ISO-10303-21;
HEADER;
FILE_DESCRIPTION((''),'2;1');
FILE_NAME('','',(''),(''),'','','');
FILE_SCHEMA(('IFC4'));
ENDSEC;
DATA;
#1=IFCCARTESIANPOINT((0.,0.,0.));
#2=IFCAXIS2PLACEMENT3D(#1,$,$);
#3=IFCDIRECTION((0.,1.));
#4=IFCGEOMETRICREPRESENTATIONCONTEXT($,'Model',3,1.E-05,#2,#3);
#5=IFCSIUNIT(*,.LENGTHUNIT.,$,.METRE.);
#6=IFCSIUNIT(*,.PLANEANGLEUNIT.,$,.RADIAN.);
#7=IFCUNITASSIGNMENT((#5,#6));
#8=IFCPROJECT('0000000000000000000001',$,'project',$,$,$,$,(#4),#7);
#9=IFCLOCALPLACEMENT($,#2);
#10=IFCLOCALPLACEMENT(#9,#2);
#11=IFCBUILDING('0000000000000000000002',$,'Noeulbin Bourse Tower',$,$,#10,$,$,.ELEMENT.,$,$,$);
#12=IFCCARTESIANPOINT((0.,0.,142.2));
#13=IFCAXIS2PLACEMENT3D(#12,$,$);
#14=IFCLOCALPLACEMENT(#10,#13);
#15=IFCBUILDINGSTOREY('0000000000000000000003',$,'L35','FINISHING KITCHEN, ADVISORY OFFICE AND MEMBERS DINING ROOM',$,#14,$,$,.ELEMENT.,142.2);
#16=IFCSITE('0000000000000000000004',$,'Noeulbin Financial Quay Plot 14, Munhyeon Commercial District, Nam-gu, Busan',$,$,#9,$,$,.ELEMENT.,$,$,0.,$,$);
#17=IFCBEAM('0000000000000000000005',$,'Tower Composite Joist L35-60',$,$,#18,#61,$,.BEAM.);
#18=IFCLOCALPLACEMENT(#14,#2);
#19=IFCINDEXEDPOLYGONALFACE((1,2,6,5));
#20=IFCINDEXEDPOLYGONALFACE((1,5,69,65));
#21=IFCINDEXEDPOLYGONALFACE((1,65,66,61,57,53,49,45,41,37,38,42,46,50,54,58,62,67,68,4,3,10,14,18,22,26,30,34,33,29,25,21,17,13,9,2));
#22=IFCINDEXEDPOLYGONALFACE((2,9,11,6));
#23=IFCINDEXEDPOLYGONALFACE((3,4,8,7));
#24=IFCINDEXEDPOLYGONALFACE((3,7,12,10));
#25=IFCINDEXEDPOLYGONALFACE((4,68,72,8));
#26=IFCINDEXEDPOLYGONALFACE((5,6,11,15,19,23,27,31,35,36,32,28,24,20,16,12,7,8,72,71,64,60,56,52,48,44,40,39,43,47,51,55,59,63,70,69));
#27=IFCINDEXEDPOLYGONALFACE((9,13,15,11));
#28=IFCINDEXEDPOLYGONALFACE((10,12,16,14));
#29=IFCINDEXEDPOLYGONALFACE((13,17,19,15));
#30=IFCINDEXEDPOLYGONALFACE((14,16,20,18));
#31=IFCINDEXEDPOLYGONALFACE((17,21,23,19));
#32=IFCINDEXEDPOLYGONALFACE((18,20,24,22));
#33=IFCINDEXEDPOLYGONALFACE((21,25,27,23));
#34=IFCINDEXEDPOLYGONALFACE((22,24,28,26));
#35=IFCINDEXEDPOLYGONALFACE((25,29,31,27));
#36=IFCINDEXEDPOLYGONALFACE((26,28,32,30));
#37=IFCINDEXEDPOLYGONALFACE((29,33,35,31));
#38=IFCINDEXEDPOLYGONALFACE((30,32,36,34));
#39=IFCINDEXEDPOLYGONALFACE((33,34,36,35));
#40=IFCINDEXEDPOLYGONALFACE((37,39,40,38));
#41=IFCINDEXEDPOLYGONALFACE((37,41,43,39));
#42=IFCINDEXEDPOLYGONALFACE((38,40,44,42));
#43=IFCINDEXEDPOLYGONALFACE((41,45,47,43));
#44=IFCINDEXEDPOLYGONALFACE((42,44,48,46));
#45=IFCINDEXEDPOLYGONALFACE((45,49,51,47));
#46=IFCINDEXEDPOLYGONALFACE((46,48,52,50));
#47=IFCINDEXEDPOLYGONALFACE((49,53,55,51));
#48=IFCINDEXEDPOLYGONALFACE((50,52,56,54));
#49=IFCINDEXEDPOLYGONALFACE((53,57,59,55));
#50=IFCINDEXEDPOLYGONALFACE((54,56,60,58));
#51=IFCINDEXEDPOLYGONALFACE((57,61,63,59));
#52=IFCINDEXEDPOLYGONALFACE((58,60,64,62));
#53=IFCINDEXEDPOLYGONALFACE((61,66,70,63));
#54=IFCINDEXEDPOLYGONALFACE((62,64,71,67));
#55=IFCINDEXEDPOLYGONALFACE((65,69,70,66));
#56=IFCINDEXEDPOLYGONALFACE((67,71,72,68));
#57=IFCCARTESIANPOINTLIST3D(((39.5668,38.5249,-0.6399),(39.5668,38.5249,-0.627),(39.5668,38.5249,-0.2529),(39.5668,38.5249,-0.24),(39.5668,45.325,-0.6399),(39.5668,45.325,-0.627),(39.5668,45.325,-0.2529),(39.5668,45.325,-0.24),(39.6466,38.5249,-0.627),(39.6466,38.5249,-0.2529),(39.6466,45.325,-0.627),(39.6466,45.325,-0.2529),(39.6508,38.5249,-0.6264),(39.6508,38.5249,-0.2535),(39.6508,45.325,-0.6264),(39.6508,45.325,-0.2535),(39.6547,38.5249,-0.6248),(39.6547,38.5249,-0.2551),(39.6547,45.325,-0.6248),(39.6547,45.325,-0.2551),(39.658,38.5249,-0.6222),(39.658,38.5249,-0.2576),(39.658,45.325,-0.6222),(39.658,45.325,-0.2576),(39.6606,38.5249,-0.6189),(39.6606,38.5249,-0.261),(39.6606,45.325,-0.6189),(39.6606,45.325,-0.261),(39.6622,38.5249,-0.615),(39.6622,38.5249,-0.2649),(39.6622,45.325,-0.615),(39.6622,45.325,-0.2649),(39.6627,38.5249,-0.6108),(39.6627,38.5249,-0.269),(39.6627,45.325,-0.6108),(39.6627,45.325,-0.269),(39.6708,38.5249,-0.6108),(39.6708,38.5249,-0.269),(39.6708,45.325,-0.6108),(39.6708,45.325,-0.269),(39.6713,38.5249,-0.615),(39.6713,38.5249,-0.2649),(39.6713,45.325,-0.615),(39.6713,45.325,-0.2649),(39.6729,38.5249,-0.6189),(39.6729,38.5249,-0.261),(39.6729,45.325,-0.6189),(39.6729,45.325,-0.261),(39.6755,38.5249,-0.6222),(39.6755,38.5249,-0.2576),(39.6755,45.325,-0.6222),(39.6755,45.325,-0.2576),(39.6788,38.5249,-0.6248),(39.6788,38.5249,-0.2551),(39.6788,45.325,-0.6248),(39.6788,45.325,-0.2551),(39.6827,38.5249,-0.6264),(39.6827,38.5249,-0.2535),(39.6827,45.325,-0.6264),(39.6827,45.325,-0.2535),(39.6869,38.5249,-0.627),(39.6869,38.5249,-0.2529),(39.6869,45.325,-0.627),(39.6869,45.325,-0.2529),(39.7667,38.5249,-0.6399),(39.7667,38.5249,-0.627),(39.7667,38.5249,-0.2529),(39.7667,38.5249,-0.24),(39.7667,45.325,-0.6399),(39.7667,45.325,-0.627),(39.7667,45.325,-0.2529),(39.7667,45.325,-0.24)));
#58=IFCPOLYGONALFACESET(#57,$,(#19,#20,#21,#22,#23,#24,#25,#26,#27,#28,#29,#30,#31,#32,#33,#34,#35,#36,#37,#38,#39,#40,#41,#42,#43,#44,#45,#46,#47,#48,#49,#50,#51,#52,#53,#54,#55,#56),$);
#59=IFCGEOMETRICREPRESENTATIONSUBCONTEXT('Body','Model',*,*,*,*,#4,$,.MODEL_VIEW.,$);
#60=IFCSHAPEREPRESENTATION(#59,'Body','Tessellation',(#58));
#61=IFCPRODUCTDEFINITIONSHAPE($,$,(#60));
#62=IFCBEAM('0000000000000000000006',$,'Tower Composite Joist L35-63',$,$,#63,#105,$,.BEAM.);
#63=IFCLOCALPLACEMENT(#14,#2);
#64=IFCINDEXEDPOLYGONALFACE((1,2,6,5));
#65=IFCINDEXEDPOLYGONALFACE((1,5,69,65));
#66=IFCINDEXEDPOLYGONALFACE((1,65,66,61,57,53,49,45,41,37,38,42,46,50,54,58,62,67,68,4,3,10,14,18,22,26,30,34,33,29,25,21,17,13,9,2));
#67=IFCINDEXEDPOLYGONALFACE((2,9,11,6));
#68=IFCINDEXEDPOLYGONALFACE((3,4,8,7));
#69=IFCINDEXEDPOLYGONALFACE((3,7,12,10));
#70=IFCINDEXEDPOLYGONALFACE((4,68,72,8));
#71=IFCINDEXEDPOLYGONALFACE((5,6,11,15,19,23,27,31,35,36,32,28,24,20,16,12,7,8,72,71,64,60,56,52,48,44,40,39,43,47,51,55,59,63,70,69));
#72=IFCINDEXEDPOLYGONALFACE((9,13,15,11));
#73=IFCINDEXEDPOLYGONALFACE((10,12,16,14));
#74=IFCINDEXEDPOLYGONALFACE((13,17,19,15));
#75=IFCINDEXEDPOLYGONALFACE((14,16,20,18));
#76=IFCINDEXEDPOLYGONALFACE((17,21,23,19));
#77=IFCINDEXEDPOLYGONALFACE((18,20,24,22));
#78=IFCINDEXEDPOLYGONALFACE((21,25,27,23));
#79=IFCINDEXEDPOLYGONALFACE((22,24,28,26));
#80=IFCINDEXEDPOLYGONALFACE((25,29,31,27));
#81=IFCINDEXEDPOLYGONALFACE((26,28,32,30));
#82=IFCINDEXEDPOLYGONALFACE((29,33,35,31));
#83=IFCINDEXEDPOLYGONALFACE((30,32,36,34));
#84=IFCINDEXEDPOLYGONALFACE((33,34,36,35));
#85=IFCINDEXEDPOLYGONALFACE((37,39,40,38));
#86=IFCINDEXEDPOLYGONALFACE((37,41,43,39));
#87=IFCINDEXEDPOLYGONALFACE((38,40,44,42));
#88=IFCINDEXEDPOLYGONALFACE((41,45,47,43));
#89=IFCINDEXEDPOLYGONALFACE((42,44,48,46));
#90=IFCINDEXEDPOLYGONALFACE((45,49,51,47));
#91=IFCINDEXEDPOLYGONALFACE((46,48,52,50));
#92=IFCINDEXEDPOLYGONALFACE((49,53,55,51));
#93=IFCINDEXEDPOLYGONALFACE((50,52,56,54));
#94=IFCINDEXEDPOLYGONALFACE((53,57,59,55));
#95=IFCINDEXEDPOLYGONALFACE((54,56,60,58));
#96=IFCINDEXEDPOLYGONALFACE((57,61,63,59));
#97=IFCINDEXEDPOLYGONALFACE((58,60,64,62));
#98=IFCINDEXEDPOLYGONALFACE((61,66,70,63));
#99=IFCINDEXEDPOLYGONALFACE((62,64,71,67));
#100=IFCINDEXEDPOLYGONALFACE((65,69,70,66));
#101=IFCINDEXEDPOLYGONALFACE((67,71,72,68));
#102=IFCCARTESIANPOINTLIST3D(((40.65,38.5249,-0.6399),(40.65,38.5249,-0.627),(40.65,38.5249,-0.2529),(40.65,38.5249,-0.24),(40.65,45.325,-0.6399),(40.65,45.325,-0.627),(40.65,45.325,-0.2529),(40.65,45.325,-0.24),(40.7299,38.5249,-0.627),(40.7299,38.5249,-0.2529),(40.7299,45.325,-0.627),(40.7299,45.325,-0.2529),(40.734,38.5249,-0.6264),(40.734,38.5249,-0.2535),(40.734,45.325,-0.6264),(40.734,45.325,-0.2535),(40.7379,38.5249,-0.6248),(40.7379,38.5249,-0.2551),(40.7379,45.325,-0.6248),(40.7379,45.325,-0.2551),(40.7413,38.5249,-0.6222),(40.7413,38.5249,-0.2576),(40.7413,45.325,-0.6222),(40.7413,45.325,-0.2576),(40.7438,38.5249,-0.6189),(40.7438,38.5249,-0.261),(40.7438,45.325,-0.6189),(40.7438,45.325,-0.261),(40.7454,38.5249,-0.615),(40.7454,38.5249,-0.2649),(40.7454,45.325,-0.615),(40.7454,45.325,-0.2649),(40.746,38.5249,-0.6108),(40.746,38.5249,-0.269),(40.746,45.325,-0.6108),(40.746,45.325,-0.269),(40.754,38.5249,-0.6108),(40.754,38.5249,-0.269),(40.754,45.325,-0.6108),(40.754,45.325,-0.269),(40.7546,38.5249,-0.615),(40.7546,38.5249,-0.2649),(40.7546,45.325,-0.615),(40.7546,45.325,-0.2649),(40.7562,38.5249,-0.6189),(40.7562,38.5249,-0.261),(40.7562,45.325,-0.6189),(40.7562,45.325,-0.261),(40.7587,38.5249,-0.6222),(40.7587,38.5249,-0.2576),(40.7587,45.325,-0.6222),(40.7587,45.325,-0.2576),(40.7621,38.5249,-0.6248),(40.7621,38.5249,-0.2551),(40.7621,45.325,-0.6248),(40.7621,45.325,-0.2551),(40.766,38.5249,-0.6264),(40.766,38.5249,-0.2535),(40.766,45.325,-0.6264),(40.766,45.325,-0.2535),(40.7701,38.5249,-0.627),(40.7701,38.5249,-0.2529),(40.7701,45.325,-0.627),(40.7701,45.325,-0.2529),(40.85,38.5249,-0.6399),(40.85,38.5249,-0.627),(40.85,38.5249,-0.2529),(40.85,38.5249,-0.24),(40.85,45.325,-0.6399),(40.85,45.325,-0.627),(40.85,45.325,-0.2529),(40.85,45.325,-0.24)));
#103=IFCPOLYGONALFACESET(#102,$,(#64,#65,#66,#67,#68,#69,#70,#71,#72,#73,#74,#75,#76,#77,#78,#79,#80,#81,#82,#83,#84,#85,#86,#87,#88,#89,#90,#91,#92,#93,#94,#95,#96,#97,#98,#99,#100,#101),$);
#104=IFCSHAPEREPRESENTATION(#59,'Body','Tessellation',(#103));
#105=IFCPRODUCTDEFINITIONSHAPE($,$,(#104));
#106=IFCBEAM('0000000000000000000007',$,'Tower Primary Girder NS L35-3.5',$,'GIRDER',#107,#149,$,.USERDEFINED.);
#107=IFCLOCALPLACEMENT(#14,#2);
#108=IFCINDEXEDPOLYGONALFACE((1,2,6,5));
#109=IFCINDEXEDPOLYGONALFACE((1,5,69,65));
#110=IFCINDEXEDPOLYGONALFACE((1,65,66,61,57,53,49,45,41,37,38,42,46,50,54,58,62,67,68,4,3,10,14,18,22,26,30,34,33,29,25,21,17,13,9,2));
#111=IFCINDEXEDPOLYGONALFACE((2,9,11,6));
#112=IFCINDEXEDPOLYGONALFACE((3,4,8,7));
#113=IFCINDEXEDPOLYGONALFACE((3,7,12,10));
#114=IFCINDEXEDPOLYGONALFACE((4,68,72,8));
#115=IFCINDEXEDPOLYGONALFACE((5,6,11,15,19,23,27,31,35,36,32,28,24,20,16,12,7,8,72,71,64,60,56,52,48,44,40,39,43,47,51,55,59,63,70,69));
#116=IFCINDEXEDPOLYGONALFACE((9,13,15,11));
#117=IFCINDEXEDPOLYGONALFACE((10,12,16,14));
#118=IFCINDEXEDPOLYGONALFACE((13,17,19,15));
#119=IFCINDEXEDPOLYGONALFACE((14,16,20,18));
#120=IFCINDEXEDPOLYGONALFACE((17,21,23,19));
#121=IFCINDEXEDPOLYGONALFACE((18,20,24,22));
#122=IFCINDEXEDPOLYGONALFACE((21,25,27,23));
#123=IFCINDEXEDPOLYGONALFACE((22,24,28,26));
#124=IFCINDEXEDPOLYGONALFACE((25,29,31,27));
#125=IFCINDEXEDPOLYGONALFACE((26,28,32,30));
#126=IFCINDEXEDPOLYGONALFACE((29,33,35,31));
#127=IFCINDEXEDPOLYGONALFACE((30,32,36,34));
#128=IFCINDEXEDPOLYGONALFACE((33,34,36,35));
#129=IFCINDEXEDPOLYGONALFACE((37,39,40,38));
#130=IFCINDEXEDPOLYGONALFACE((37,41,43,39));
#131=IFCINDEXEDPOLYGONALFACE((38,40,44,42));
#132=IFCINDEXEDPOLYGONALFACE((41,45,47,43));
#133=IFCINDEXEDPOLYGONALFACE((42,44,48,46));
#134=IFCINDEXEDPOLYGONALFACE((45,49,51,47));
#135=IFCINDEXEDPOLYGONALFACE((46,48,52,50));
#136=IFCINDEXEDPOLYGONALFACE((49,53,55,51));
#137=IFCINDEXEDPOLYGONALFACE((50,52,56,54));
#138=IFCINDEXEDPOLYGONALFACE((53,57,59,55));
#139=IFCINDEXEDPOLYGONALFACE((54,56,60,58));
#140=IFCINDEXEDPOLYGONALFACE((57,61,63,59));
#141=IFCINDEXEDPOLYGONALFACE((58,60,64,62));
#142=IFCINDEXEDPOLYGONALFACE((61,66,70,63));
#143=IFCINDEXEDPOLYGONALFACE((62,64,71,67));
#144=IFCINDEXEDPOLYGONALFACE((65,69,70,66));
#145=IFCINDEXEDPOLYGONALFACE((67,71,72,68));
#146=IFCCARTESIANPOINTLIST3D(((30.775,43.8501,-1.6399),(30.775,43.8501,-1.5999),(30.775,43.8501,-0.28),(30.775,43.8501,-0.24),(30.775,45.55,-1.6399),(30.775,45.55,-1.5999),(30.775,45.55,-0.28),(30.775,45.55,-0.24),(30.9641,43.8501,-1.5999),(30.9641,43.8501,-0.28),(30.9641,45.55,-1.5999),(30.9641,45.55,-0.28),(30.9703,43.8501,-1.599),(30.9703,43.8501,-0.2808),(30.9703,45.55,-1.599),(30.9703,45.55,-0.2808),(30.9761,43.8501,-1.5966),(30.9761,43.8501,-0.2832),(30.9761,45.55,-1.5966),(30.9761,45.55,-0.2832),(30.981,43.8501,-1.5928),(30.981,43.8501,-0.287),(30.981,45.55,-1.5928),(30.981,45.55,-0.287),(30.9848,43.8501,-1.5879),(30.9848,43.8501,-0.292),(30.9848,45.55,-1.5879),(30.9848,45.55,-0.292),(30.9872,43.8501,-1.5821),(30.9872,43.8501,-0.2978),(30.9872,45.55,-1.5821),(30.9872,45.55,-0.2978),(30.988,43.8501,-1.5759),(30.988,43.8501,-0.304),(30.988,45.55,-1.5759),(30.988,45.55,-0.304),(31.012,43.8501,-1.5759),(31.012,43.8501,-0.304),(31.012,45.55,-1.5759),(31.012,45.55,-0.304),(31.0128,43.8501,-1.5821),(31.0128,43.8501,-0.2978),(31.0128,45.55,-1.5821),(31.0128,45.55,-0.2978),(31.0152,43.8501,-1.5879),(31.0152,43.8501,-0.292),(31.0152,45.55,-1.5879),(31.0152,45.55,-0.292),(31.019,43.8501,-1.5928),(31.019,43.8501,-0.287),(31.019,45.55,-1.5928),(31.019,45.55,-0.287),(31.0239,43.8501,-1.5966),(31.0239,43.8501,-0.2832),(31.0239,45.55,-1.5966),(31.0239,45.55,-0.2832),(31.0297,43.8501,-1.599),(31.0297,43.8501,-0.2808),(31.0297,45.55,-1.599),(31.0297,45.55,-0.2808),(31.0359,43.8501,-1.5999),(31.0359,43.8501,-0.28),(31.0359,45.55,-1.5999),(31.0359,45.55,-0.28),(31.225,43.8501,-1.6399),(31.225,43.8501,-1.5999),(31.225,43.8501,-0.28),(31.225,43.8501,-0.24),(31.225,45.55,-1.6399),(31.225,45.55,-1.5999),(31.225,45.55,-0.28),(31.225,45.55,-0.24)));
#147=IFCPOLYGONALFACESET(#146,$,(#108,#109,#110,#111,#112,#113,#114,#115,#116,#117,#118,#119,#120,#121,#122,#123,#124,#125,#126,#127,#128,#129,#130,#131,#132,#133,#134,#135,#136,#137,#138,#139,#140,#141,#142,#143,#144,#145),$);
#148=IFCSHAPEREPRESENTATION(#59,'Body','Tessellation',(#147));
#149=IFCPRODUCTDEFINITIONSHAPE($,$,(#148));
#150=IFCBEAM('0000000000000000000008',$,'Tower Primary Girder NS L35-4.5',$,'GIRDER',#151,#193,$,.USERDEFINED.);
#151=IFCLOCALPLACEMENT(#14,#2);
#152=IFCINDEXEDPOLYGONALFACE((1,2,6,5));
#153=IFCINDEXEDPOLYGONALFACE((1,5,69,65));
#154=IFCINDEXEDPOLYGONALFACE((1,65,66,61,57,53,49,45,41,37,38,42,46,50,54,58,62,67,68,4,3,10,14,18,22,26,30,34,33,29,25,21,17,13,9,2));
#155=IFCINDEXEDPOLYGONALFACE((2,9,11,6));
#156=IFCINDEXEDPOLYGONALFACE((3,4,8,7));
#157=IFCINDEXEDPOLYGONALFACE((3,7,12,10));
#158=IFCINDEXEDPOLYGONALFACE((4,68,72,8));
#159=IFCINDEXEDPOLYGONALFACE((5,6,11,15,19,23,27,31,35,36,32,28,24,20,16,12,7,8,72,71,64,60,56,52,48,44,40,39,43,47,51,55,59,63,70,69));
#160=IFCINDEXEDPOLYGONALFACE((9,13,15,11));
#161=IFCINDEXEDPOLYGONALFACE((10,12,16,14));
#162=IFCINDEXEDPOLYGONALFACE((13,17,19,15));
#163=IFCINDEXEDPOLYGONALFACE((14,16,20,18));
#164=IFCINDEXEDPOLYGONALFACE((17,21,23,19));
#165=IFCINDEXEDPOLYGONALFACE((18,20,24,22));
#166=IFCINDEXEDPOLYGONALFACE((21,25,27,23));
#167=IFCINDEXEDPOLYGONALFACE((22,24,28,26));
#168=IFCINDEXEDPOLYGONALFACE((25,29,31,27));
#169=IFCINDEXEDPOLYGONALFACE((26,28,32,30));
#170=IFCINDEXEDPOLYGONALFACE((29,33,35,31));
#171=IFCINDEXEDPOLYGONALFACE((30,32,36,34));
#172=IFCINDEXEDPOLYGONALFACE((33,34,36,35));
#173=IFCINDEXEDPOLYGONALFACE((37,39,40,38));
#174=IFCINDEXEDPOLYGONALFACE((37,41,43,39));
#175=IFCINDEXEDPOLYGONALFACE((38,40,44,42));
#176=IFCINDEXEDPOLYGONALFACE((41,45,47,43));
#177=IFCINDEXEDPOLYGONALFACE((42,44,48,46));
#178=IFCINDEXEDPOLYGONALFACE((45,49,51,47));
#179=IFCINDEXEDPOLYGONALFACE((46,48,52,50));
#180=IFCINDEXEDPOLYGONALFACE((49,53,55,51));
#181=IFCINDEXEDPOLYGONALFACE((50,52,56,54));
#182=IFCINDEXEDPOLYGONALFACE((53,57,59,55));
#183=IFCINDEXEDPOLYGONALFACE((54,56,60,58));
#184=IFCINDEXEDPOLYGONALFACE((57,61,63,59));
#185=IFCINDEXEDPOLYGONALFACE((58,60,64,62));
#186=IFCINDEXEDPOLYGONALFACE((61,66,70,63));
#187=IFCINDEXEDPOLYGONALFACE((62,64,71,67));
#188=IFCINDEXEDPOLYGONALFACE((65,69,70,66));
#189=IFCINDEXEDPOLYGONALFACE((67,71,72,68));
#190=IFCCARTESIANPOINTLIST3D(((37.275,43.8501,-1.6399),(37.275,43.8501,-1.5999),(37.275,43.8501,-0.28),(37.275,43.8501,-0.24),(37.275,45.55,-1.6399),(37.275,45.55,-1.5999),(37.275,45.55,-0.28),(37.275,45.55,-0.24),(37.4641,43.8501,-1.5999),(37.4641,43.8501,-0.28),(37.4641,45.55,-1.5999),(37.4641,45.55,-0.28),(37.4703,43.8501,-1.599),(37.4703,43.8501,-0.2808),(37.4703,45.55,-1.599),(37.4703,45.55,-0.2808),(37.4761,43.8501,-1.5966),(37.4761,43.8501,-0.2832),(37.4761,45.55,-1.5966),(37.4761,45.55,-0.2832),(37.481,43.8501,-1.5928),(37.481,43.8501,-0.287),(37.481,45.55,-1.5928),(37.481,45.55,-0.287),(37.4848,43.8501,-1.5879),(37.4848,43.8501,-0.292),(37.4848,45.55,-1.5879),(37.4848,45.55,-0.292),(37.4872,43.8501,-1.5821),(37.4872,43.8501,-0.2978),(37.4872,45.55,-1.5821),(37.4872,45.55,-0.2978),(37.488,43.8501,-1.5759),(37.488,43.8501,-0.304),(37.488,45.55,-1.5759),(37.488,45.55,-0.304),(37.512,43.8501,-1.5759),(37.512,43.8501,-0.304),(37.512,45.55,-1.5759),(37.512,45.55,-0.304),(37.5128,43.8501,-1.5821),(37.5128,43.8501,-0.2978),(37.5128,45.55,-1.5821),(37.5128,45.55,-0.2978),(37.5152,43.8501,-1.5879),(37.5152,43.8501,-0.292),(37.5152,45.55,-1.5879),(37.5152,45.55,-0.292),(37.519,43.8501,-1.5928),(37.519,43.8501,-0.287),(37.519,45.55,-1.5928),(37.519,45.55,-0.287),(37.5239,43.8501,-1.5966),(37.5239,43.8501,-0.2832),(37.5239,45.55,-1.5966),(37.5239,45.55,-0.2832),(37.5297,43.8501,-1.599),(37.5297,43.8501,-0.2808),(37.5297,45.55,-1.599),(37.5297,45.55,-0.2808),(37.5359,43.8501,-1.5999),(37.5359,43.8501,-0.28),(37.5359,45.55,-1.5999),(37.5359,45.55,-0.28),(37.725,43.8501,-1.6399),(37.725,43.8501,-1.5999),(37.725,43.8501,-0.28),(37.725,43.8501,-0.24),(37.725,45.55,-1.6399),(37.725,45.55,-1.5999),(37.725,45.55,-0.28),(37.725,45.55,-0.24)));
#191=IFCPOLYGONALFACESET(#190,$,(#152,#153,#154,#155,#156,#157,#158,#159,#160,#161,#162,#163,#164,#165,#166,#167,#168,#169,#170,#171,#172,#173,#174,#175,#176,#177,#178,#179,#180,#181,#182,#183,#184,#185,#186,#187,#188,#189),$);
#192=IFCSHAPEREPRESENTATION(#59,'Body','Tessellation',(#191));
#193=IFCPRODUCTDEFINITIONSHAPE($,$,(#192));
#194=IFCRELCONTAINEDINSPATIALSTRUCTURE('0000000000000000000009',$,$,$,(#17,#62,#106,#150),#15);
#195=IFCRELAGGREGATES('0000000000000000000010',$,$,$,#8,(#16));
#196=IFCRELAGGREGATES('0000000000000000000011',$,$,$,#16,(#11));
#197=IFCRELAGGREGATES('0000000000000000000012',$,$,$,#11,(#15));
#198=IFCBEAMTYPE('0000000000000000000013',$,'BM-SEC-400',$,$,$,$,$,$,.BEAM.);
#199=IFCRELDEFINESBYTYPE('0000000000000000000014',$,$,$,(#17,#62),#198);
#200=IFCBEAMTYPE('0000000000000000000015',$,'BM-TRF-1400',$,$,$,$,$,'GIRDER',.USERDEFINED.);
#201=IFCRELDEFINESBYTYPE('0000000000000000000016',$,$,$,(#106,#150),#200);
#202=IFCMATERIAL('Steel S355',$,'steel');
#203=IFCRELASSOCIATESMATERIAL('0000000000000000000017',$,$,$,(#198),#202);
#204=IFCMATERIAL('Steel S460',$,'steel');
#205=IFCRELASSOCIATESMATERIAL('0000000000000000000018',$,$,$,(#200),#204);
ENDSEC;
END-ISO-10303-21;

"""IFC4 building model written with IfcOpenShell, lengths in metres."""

from ifc_helpers import new_model, si_unit, direction, frame, origin, origin_2d, place, context, subcontext, project, spatial, i_section, extrude, material, material_profile, profile_set, type_object, element, save


model = new_model("IFC4")

# Units and contexts
model_context = context("Model", 3, precision=1e-05, world=origin(), true_north=direction((0.0, 1.0)))
body_context = subcontext(model_context, "Body", "Model", "MODEL_VIEW")
ifc_project = project(units=[si_unit("LENGTHUNIT", "METRE"), si_unit("PLANEANGLEUNIT", "RADIAN")], contexts=[model_context])

# Site, building, storey
site_placement = place(None, origin())
site = spatial("IfcSite", under=ifc_project, at=site_placement, Name="Noeulbin Financial Quay Plot 14, Munhyeon Commercial District, Nam-gu, Busan", CompositionType="ELEMENT", RefElevation=0.0)
building_placement = place(site_placement, origin())
building = spatial("IfcBuilding", under=site, at=building_placement, Name="Noeulbin Bourse Tower", CompositionType="ELEMENT")
storey_placement = place(building_placement, frame((0.0, 0.0, 142.2)))
storey = spatial("IfcBuildingStorey", under=building, at=storey_placement, Name="L35", Description="FINISHING KITCHEN, ADVISORY OFFICE AND MEMBERS DINING ROOM", CompositionType="ELEMENT", Elevation=142.2)

# Shared definitions
ifc_material_1 = material(Name="Steel S355", Category="steel")

# Beams
ifc_material_profile_1 = material_profile(ifc_material_1, i_section(OverallWidth=0.2, OverallDepth=0.3999, WebThickness=0.0081, FlangeThickness=0.0129, FilletRadius=0.0161, at=origin_2d()), Name="H-400x200x8x13", Category="LoadBearing")
ifc_profile_set_1 = profile_set([ifc_material_profile_1], Name="Steel S355")
beam_type_1 = type_object("IfcBeamType", Name="BM-SEC-400", PredefinedType="BEAM", material=ifc_profile_set_1)
for number, where, z_axis, x_axis, name in (
    (1, (39.6667, 38.5249, -0.4399), (0.0, 1.0, 0.0), (-1.0, 0.0, 0.0), "Tower Composite Joist L35-60"),
    (2, (40.75, 38.5249, -0.4399), (0.0, 1.0, 0.0), (-1.0, 0.0, 0.0), "Tower Composite Joist L35-63"),
):
    element("IfcBeam", number, at=place(storey_placement, frame(where, z_axis=z_axis, x_axis=x_axis)), inside=storey, type_object=beam_type_1, Name=name, PredefinedType="BEAM", context=body_context, shape_type="SweptSolid", body=[
        extrude(i_section(OverallWidth=0.2, OverallDepth=0.3999, WebThickness=0.0081, FlangeThickness=0.0129, FilletRadius=0.0161, at=origin_2d()), origin(), (0.0, 0.0, 1.0), 6.8),
    ])
ifc_material_2 = material(Name="Steel S460", Category="steel")
ifc_material_profile_2 = material_profile(ifc_material_2, i_section(OverallWidth=0.45, OverallDepth=1.3999, WebThickness=0.0239, FlangeThickness=0.04, FilletRadius=0.0239, at=origin_2d()), Name="PG-1400x450x24x40", Category="LoadBearing")
ifc_profile_set_2 = profile_set([ifc_material_profile_2], Name="Steel S460")
beam_type_2 = type_object("IfcBeamType", Name="BM-TRF-1400", ElementType="GIRDER", PredefinedType="USERDEFINED", material=ifc_profile_set_2)
for number, where, z_axis, x_axis, name in (
    (3, (31.0, 43.8501, -0.9399), (0.0, 1.0, 0.0), (-1.0, 0.0, 0.0), "Tower Primary Girder NS L35-3.5"),
    (4, (37.5, 43.8501, -0.9399), (0.0, 1.0, 0.0), (-1.0, 0.0, 0.0), "Tower Primary Girder NS L35-4.5"),
):
    element("IfcBeam", number, at=place(storey_placement, frame(where, z_axis=z_axis, x_axis=x_axis)), inside=storey, type_object=beam_type_2, Name=name, ObjectType="GIRDER", PredefinedType="USERDEFINED", context=body_context, shape_type="SweptSolid", body=[
        extrude(i_section(OverallWidth=0.45, OverallDepth=1.3999, WebThickness=0.0239, FlangeThickness=0.04, FilletRadius=0.0239, at=origin_2d()), origin(), (0.0, 0.0, 1.0), 1.7),
    ])

save(model, "model.ifc")
